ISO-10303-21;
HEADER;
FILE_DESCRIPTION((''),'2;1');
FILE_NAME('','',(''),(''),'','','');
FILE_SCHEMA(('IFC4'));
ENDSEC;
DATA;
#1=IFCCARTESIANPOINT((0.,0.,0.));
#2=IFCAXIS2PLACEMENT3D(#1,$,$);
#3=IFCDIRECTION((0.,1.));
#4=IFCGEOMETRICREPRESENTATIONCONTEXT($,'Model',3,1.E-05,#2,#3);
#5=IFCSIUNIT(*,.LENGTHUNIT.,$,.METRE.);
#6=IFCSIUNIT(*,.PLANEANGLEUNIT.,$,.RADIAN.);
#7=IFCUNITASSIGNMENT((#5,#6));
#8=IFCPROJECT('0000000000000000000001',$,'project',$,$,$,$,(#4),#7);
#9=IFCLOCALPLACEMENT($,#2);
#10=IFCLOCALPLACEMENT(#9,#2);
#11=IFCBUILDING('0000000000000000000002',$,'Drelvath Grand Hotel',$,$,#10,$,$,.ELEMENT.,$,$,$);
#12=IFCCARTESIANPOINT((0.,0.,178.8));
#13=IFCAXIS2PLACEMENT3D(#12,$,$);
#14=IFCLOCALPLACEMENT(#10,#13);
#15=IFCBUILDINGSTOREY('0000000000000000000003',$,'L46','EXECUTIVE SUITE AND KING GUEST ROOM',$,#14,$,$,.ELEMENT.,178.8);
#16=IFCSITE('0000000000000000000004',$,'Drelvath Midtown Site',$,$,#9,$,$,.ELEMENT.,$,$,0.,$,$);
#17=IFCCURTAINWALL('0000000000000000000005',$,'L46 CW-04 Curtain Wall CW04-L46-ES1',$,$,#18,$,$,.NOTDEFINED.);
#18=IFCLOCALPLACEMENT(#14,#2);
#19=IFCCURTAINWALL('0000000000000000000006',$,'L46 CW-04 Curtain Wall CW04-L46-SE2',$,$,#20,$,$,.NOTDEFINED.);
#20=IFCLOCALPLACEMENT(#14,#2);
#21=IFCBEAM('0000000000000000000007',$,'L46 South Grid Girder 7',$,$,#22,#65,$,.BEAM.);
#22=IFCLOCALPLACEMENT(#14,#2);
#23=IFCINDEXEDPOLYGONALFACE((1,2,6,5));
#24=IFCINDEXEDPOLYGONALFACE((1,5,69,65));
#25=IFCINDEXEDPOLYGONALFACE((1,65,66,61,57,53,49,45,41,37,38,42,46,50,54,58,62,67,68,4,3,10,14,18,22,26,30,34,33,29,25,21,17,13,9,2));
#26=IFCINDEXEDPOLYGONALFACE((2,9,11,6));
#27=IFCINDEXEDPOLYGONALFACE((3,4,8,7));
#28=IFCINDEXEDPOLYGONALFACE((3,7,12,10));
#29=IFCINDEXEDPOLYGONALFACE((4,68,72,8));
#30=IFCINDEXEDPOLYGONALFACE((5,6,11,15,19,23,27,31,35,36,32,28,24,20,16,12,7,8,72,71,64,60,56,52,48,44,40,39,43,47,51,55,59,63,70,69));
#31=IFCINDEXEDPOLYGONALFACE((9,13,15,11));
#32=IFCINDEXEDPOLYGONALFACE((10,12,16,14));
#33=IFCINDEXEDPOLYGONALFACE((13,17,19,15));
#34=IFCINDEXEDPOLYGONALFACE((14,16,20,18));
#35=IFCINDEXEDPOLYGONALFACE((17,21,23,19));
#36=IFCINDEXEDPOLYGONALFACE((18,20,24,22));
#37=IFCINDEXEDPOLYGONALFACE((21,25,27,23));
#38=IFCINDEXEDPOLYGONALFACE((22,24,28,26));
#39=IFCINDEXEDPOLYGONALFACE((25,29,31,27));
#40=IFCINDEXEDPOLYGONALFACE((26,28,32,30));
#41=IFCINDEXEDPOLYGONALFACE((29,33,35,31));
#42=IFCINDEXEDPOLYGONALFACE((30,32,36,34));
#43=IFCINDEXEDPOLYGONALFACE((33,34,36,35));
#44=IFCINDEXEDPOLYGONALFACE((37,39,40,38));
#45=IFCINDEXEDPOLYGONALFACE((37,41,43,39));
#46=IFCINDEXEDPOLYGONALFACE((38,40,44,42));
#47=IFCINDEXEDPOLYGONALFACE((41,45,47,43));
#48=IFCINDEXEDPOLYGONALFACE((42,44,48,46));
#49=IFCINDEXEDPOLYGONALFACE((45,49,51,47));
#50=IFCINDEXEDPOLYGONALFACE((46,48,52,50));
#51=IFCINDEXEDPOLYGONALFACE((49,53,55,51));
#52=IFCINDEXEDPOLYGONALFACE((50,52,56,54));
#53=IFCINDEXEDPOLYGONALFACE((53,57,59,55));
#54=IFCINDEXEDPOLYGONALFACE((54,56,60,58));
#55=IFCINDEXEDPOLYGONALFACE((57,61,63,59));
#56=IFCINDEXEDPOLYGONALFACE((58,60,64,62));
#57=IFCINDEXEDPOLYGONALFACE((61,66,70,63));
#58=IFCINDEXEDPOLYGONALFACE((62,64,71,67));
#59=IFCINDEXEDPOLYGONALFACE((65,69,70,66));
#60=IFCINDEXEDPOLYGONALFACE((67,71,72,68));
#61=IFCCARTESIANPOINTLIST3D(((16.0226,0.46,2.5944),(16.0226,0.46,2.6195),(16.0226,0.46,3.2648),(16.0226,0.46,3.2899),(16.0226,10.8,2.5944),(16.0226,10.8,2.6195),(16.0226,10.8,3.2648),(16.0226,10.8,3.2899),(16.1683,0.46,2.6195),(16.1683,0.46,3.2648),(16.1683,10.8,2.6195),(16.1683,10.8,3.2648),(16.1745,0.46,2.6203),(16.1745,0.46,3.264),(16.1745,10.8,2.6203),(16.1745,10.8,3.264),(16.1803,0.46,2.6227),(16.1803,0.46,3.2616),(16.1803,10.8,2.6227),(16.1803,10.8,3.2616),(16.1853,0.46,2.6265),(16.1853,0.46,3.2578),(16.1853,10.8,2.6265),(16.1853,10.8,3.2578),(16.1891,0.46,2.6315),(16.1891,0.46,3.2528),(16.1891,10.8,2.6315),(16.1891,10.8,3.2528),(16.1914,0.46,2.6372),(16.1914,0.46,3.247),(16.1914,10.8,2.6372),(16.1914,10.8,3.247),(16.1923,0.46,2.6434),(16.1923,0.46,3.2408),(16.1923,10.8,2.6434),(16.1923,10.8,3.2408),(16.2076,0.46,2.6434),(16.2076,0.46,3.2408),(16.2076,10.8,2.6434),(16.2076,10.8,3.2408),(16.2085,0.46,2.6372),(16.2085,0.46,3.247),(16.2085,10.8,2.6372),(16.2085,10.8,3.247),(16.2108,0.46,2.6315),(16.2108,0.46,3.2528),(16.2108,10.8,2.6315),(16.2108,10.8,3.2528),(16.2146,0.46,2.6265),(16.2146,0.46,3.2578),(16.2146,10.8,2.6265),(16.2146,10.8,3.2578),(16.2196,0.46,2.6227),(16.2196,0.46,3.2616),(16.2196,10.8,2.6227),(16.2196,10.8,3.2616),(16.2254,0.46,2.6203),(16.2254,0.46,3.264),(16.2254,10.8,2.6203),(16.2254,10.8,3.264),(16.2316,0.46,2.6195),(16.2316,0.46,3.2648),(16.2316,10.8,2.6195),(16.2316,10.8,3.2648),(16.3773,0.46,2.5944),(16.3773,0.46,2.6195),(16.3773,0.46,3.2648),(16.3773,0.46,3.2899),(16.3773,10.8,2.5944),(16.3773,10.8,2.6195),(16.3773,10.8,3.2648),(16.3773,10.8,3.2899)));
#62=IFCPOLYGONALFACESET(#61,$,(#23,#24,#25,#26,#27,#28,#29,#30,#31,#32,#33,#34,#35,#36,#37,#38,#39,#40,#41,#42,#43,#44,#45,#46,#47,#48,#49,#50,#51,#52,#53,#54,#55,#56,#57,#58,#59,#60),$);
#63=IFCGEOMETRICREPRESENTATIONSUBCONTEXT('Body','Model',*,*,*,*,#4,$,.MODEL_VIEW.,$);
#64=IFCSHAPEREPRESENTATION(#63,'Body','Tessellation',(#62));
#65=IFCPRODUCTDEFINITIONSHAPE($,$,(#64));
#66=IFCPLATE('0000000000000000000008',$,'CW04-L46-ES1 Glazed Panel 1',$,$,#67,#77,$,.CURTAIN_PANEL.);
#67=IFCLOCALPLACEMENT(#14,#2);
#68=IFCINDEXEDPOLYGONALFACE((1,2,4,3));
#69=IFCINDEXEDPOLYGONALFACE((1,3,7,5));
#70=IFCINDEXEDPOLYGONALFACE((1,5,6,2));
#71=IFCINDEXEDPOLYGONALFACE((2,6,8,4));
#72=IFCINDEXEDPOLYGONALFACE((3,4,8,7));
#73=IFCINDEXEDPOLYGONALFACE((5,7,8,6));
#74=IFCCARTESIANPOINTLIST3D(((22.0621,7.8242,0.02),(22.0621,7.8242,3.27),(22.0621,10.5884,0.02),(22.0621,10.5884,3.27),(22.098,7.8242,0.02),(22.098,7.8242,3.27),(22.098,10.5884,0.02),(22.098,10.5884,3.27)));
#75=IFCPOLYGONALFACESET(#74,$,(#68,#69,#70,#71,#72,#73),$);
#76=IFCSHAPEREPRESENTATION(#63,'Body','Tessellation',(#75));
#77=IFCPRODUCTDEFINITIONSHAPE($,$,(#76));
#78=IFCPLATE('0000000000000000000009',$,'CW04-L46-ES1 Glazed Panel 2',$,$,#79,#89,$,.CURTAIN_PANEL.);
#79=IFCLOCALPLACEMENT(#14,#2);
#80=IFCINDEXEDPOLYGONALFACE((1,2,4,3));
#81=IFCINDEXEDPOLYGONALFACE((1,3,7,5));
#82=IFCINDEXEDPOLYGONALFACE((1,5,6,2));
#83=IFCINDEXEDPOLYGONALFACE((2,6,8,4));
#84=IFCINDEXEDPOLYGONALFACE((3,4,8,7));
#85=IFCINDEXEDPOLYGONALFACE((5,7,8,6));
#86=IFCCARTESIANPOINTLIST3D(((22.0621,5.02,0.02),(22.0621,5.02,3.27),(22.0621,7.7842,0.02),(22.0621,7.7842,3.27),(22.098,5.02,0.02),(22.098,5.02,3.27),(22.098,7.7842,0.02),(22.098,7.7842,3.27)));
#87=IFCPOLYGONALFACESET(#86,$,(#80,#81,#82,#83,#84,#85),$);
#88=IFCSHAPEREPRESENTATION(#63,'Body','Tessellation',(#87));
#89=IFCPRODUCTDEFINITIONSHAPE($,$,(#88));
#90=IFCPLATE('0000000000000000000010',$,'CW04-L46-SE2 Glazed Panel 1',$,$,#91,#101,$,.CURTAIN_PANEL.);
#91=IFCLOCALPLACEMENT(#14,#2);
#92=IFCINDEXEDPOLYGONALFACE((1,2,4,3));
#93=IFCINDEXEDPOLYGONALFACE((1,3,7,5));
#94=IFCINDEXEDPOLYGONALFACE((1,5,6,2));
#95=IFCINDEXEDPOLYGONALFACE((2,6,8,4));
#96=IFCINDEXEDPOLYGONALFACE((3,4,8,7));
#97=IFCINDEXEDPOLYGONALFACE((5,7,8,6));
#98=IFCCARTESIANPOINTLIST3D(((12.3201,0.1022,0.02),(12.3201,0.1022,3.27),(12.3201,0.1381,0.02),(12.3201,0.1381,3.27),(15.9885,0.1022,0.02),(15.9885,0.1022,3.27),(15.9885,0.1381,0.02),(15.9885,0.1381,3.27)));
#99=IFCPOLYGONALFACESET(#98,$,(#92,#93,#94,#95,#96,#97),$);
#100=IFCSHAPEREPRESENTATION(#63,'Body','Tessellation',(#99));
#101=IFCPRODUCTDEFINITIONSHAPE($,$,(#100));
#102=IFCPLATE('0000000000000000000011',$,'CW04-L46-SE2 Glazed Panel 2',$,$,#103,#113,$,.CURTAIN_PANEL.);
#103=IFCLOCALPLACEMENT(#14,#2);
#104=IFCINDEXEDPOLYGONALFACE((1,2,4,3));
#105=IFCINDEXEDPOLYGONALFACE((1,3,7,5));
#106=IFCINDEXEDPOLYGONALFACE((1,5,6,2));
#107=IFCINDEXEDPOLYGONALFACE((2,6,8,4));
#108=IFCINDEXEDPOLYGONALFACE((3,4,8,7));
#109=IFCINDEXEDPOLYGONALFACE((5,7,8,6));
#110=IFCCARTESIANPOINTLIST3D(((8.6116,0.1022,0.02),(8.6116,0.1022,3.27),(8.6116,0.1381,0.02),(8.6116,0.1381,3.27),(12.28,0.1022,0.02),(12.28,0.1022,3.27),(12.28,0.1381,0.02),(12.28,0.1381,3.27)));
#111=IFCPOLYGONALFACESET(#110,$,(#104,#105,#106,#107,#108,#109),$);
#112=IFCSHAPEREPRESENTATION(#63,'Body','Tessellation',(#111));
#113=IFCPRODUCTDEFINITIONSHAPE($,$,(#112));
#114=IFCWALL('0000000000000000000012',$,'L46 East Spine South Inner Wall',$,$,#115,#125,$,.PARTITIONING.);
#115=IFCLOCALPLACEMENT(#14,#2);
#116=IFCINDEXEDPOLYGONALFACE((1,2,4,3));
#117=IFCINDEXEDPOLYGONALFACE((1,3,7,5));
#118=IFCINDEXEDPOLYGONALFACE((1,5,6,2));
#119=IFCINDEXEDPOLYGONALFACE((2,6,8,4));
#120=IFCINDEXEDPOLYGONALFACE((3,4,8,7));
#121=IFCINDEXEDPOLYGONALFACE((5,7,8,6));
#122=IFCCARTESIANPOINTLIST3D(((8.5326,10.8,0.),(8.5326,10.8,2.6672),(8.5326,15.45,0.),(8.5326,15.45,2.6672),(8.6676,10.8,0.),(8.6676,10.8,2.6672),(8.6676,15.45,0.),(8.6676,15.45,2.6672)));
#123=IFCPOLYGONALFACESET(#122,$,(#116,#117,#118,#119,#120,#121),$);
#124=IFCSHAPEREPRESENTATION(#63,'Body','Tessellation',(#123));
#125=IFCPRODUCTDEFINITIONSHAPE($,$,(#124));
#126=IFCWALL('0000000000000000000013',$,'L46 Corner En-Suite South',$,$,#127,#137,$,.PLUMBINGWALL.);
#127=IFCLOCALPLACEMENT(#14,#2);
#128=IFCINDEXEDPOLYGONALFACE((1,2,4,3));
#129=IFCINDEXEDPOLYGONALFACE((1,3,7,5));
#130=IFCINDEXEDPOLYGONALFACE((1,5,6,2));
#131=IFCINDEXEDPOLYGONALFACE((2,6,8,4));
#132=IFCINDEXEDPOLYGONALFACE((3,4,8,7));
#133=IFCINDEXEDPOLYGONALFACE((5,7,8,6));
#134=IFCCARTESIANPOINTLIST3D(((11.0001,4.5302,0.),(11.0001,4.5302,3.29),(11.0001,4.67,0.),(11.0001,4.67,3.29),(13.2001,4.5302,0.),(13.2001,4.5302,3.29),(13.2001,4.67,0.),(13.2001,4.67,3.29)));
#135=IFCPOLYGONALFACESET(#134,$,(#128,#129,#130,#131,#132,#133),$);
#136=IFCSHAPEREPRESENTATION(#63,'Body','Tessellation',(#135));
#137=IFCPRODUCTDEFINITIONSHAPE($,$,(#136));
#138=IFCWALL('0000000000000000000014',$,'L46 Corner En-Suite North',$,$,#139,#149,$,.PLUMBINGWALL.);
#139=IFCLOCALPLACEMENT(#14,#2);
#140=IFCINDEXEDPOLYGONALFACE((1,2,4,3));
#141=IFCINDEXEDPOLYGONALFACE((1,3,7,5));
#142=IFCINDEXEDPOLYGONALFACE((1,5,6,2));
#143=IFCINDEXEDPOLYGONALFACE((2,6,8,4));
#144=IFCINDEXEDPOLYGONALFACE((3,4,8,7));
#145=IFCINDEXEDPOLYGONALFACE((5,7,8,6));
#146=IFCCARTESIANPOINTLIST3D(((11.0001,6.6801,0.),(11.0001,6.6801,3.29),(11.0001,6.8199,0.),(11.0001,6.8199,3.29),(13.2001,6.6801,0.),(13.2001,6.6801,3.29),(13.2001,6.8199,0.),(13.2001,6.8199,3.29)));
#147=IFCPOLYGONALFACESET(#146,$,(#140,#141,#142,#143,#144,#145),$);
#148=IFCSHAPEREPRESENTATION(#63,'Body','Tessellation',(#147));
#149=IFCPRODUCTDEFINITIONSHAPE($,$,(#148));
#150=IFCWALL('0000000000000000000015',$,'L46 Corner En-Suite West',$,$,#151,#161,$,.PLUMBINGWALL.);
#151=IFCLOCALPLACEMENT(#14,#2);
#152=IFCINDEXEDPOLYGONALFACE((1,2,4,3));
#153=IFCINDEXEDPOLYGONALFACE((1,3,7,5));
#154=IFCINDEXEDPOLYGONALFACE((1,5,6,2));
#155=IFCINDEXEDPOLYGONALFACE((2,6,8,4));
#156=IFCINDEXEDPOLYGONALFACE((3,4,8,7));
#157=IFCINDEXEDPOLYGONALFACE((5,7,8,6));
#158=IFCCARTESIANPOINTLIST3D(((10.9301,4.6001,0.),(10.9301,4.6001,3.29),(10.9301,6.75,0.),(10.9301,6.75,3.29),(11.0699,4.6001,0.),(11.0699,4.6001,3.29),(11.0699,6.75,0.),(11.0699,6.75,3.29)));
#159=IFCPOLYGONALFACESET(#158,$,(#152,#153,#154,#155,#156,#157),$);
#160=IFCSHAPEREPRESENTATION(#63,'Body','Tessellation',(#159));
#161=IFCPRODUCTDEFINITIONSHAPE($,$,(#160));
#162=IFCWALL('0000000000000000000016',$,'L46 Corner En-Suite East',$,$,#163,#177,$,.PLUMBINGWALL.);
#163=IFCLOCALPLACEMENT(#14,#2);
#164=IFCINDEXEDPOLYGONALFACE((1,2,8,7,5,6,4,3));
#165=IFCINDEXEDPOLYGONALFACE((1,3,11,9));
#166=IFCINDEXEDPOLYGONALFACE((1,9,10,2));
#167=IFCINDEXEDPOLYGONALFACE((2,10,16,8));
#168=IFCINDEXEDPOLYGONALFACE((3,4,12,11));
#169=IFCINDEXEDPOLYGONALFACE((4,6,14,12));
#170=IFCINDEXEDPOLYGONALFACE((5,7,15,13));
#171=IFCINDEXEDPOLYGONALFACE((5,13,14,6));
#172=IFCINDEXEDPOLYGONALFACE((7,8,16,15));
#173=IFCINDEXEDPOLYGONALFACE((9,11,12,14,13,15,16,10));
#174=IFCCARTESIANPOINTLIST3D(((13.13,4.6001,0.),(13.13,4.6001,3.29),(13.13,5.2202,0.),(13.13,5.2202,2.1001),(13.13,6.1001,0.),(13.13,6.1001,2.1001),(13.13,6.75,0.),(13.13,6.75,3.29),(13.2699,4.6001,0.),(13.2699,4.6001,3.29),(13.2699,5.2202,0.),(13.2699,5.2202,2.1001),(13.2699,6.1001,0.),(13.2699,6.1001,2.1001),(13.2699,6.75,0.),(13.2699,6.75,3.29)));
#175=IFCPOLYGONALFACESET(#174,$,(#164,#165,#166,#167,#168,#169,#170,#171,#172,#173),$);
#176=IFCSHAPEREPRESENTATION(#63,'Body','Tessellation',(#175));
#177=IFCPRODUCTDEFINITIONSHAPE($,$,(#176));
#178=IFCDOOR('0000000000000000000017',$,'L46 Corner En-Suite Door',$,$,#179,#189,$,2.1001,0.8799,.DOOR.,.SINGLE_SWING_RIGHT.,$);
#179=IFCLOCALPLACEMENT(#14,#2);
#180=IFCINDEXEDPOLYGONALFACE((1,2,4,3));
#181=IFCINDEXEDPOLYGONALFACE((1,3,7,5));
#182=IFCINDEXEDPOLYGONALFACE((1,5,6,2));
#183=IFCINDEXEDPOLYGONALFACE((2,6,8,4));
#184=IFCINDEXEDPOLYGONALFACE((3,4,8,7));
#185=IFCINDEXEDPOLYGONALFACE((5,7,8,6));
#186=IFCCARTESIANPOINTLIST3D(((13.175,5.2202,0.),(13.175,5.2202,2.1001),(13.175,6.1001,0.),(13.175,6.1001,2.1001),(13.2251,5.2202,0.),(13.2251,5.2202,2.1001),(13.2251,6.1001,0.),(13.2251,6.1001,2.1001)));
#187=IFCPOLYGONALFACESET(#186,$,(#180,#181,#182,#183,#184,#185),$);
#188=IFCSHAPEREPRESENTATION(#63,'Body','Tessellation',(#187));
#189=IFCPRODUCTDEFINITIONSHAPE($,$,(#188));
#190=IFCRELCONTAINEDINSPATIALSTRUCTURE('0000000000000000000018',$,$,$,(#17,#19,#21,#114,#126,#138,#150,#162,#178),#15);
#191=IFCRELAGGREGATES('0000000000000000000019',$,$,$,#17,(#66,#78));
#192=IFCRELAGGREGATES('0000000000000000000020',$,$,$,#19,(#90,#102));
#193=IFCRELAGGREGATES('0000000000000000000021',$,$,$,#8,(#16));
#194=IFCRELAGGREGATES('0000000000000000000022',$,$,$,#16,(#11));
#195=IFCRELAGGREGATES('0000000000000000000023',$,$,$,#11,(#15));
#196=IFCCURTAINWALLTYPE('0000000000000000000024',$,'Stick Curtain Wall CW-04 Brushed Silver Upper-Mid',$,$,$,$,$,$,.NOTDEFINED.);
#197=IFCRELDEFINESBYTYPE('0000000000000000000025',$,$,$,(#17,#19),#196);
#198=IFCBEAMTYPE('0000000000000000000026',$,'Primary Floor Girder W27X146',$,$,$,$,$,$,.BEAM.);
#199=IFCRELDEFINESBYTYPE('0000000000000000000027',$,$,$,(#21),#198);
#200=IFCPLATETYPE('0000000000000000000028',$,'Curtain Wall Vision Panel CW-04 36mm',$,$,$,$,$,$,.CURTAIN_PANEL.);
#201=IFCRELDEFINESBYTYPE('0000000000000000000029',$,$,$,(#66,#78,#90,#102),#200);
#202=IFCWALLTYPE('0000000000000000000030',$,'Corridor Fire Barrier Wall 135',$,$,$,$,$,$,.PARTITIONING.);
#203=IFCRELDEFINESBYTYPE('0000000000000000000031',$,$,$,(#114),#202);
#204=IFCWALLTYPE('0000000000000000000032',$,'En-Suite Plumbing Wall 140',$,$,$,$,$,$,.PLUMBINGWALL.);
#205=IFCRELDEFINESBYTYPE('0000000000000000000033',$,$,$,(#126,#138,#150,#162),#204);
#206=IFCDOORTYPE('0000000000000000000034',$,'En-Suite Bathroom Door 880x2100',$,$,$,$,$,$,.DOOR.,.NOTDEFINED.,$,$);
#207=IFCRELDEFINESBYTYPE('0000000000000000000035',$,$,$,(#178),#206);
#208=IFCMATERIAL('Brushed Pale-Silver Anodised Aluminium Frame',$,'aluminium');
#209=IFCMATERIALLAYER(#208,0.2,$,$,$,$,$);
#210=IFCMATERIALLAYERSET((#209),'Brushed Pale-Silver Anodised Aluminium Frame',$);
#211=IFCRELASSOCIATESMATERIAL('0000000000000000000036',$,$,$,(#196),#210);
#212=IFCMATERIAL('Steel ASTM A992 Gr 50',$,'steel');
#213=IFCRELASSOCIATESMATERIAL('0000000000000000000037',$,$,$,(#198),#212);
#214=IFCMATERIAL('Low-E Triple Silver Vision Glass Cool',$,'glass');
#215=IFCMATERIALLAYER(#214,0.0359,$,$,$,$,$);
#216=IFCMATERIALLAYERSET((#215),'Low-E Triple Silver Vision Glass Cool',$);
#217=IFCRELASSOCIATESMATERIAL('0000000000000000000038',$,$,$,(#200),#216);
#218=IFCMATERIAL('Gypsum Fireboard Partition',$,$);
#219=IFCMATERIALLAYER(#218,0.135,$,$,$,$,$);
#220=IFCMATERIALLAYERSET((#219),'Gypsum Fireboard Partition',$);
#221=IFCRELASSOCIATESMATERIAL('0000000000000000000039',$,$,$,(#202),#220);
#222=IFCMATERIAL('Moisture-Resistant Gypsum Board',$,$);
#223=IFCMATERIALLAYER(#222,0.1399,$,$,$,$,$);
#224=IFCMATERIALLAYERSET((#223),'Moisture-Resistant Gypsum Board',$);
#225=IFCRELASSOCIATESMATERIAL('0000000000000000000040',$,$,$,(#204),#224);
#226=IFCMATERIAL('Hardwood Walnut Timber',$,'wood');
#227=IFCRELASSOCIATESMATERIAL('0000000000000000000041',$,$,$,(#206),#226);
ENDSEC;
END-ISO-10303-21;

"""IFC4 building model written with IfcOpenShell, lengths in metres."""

from ifc_helpers import new_model, si_unit, direction, frame, frame_2d, origin, origin_2d, place, context, subcontext, project, spatial, rectangle, i_section, extrude, material, layer, layer_set, material_profile, profile_set, type_object, element, fill, aggregate, save


model = new_model("IFC4")

# Units and contexts
model_context = context("Model", 3, precision=1e-05, world=origin(), true_north=direction((0.0, 1.0)))
body_context = subcontext(model_context, "Body", "Model", "MODEL_VIEW")
ifc_project = project(units=[si_unit("LENGTHUNIT", "METRE"), si_unit("PLANEANGLEUNIT", "RADIAN")], contexts=[model_context])

# Site, building, storey
site_placement = place(None, origin())
site = spatial("IfcSite", under=ifc_project, at=site_placement, Name="Drelvath Midtown Site", CompositionType="ELEMENT", RefElevation=0.0)
building_placement = place(site_placement, origin())
building = spatial("IfcBuilding", under=site, at=building_placement, Name="Drelvath Grand Hotel", CompositionType="ELEMENT")
storey_placement = place(building_placement, frame((0.0, 0.0, 178.8)))
storey = spatial("IfcBuildingStorey", under=building, at=storey_placement, Name="L46", Description="EXECUTIVE SUITE AND KING GUEST ROOM", CompositionType="ELEMENT", Elevation=178.8)

# Curtain walls
ifc_material_1 = material(Name="Brushed Pale-Silver Anodised Aluminium Frame", Category="aluminium")
ifc_layer_1 = layer(ifc_material_1, 0.2)
ifc_layer_set_1 = layer_set([ifc_layer_1], Name="Brushed Pale-Silver Anodised Aluminium Frame")
curtain_wall_type = type_object("IfcCurtainWallType", Name="Stick Curtain Wall CW-04 Brushed Silver Upper-Mid", PredefinedType="NOTDEFINED", material=ifc_layer_set_1)
curtain_wall_1_placement = place(storey_placement, origin())
curtain_wall_1 = element("IfcCurtainWall", 1, at=curtain_wall_1_placement, inside=storey, type_object=curtain_wall_type, Name="L46 CW-04 Curtain Wall CW04-L46-ES1", PredefinedType="NOTDEFINED")
curtain_wall_2_placement = place(storey_placement, origin())
curtain_wall_2 = element("IfcCurtainWall", 2, at=curtain_wall_2_placement, inside=storey, type_object=curtain_wall_type, Name="L46 CW-04 Curtain Wall CW04-L46-SE2", PredefinedType="NOTDEFINED")

# Beam
ifc_material_2 = material(Name="Steel ASTM A992 Gr 50", Category="steel")
ifc_material_profile_1 = material_profile(ifc_material_2, i_section(OverallWidth=0.3547, OverallDepth=0.6956, WebThickness=0.0154, FlangeThickness=0.0251, FilletRadius=0.0239, at=origin_2d()), Name="W27X146")
ifc_profile_set_1 = profile_set([ifc_material_profile_1], Name="Steel ASTM A992 Gr 50")
beam_type = type_object("IfcBeamType", Name="Primary Floor Girder W27X146", PredefinedType="BEAM", material=ifc_profile_set_1)
beam_placement = place(storey_placement, frame((16.2, 0.46, 2.9421), z_axis=(0.0, 1.0, 0.0), x_axis=(-1.0, 0.0, 0.0)))
element("IfcBeam", 3, at=beam_placement, inside=storey, type_object=beam_type, Name="L46 South Grid Girder 7", PredefinedType="BEAM", context=body_context, shape_type="SweptSolid", body=[
    extrude(i_section(OverallWidth=0.3547, OverallDepth=0.6956, WebThickness=0.0154, FlangeThickness=0.0251, FilletRadius=0.0239, at=origin_2d()), origin(), (0.0, 0.0, 1.0), 10.3401),
])

# Plates
ifc_material_3 = material(Name="Low-E Triple Silver Vision Glass Cool", Category="glass")
ifc_layer_2 = layer(ifc_material_3, 0.0359)
ifc_layer_set_2 = layer_set([ifc_layer_2], Name="Low-E Triple Silver Vision Glass Cool")
plate_type = type_object("IfcPlateType", Name="Curtain Wall Vision Panel CW-04 36mm", PredefinedType="CURTAIN_PANEL", material=ifc_layer_set_2)
plate_1_placement = place(storey_placement, frame((22.0801, 9.2063, 0.02), z_axis=(0.0, 0.0, 1.0), x_axis=(0.0, -1.0, 0.0)))
plate_1 = element("IfcPlate", 4, at=plate_1_placement, type_object=plate_type, Name="CW04-L46-ES1 Glazed Panel 1", PredefinedType="CURTAIN_PANEL", context=body_context, shape_type="SweptSolid", body=[
    extrude(rectangle(XDim=2.7642, YDim=0.0359, at=origin_2d()), origin(), (0.0, 0.0, 1.0), 3.25),
])
plate_2_placement = place(storey_placement, frame((22.0801, 6.4021, 0.02), z_axis=(0.0, 0.0, 1.0), x_axis=(0.0, -1.0, 0.0)))
plate_2 = element("IfcPlate", 5, at=plate_2_placement, type_object=plate_type, Name="CW04-L46-ES1 Glazed Panel 2", PredefinedType="CURTAIN_PANEL", context=body_context, shape_type="SweptSolid", body=[
    extrude(rectangle(XDim=2.7642, YDim=0.0359, at=origin_2d()), origin(), (0.0, 0.0, 1.0), 3.25),
])
aggregate(curtain_wall_1, [plate_1, plate_2])
plate_3_placement = place(storey_placement, frame((14.1543, 0.1201, 0.02), z_axis=(0.0, 0.0, 1.0), x_axis=(-1.0, 0.0, 0.0)))
plate_3 = element("IfcPlate", 6, at=plate_3_placement, type_object=plate_type, Name="CW04-L46-SE2 Glazed Panel 1", PredefinedType="CURTAIN_PANEL", context=body_context, shape_type="SweptSolid", body=[
    extrude(rectangle(XDim=3.6685, YDim=0.0359, at=origin_2d()), origin(), (0.0, 0.0, 1.0), 3.25),
])
plate_4_placement = place(storey_placement, frame((10.4458, 0.1201, 0.02), z_axis=(0.0, 0.0, 1.0), x_axis=(-1.0, 0.0, 0.0)))
plate_4 = element("IfcPlate", 7, at=plate_4_placement, type_object=plate_type, Name="CW04-L46-SE2 Glazed Panel 2", PredefinedType="CURTAIN_PANEL", context=body_context, shape_type="SweptSolid", body=[
    extrude(rectangle(XDim=3.6685, YDim=0.0359, at=origin_2d()), origin(), (0.0, 0.0, 1.0), 3.25),
])
aggregate(curtain_wall_2, [plate_3, plate_4])

# Wall
ifc_material_4 = material(Name="Gypsum Fireboard Partition")
ifc_layer_3 = layer(ifc_material_4, 0.135)
ifc_layer_set_3 = layer_set([ifc_layer_3], Name="Gypsum Fireboard Partition")
wall_type_1 = type_object("IfcWallType", Name="Corridor Fire Barrier Wall 135", PredefinedType="PARTITIONING", material=ifc_layer_set_3)
wall_1_placement = place(storey_placement, frame((8.6001, 10.8, 0.0), z_axis=(0.0, 0.0, 1.0), x_axis=(0.0, 1.0, 0.0)))
element("IfcWall", 8, at=wall_1_placement, inside=storey, type_object=wall_type_1, Name="L46 East Spine South Inner Wall", PredefinedType="PARTITIONING", context=body_context, shape_type="SweptSolid", body=[
    extrude(rectangle(XDim=4.6499, YDim=0.135, at=frame_2d((2.325, 0.0))), origin(), (0.0, 0.0, 1.0), 2.6672),
])

# Shared definitions
ifc_material_5 = material(Name="Hardwood Walnut Timber", Category="wood")

# Walls
ifc_material_6 = material(Name="Moisture-Resistant Gypsum Board")
ifc_layer_4 = layer(ifc_material_6, 0.1399)
ifc_layer_set_4 = layer_set([ifc_layer_4], Name="Moisture-Resistant Gypsum Board")
wall_type_2 = type_object("IfcWallType", Name="En-Suite Plumbing Wall 140", PredefinedType="PLUMBINGWALL", material=ifc_layer_set_4)
for number, where, z_axis, x_axis, name in (
    (9, (11.0, 4.6001, 0.0), (0.0, 0.0, 1.0), (1.0, 0.0, 0.0), "L46 Corner En-Suite South"),
    (10, (11.0, 6.75, 0.0), (0.0, 0.0, 1.0), (1.0, 0.0, 0.0), "L46 Corner En-Suite North"),
):
    element("IfcWall", number, at=place(storey_placement, frame(where, z_axis=z_axis, x_axis=x_axis)), inside=storey, type_object=wall_type_2, Name=name, PredefinedType="PLUMBINGWALL", context=body_context, shape_type="SweptSolid", body=[
        extrude(rectangle(XDim=2.2, YDim=0.1399, at=frame_2d((1.1001, 0.0))), origin(), (0.0, 0.0, 1.0), 3.29),
    ])
wall_2_placement = place(storey_placement, frame((11.0, 4.6001, 0.0), z_axis=(0.0, 0.0, 1.0), x_axis=(0.0, 1.0, 0.0)))
element("IfcWall", 11, at=wall_2_placement, inside=storey, type_object=wall_type_2, Name="L46 Corner En-Suite West", PredefinedType="PLUMBINGWALL", context=body_context, shape_type="SweptSolid", body=[
    extrude(rectangle(XDim=2.1499, YDim=0.1399, at=frame_2d((1.075, 0.0))), origin(), (0.0, 0.0, 1.0), 3.29),
])

# Wall, opening, door
wall_3_placement = place(storey_placement, frame((13.2, 4.6001, 0.0), z_axis=(0.0, 0.0, 1.0), x_axis=(0.0, 1.0, 0.0)))
wall_3 = element("IfcWall", 12, at=wall_3_placement, inside=storey, type_object=wall_type_2, Name="L46 Corner En-Suite East", PredefinedType="PLUMBINGWALL", context=body_context, shape_type="SweptSolid", body=[
    extrude(rectangle(XDim=2.1499, YDim=0.1399, at=frame_2d((1.075, 0.0))), origin(), (0.0, 0.0, 1.0), 3.29),
])
opening_1_placement = place(wall_3_placement, frame((0.6201, 0.0, 0.0)))
opening_1 = element("IfcOpeningElement", 13, at=opening_1_placement, cuts=wall_3, PredefinedType="OPENING", context=body_context, shape_type="SweptSolid", body=[
    extrude(rectangle(XDim=0.8799, YDim=2.1001, at=frame_2d((0.4399, 1.05))), frame((0.0, 0.0798, 0.0), z_axis=(0.0, -1.0, 0.0), x_axis=(1.0, 0.0, 0.0)), (0.0, 0.0, 1.0), 0.1599),
])
door_type_1 = type_object("IfcDoorType", Name="En-Suite Bathroom Door 880x2100", OperationType="NOTDEFINED", PredefinedType="DOOR", material=ifc_material_5)
door_1_placement = place(opening_1_placement, origin())
door_1 = element("IfcDoor", 14, at=door_1_placement, inside=storey, type_object=door_type_1, Name="L46 Corner En-Suite Door", OperationType="SINGLE_SWING_RIGHT", OverallHeight=2.1001, OverallWidth=0.8799, PredefinedType="DOOR", context=body_context, shape_type="SweptSolid", body=[
    extrude(rectangle(XDim=0.8799, YDim=2.1001, at=frame_2d((0.4399, 1.05))), frame((0.0, 0.0249, 0.0), z_axis=(0.0, -1.0, 0.0), x_axis=(1.0, 0.0, 0.0)), (0.0, 0.0, 1.0), 0.05),
])
fill(opening_1, door_1)

save(model, "model.ifc")
